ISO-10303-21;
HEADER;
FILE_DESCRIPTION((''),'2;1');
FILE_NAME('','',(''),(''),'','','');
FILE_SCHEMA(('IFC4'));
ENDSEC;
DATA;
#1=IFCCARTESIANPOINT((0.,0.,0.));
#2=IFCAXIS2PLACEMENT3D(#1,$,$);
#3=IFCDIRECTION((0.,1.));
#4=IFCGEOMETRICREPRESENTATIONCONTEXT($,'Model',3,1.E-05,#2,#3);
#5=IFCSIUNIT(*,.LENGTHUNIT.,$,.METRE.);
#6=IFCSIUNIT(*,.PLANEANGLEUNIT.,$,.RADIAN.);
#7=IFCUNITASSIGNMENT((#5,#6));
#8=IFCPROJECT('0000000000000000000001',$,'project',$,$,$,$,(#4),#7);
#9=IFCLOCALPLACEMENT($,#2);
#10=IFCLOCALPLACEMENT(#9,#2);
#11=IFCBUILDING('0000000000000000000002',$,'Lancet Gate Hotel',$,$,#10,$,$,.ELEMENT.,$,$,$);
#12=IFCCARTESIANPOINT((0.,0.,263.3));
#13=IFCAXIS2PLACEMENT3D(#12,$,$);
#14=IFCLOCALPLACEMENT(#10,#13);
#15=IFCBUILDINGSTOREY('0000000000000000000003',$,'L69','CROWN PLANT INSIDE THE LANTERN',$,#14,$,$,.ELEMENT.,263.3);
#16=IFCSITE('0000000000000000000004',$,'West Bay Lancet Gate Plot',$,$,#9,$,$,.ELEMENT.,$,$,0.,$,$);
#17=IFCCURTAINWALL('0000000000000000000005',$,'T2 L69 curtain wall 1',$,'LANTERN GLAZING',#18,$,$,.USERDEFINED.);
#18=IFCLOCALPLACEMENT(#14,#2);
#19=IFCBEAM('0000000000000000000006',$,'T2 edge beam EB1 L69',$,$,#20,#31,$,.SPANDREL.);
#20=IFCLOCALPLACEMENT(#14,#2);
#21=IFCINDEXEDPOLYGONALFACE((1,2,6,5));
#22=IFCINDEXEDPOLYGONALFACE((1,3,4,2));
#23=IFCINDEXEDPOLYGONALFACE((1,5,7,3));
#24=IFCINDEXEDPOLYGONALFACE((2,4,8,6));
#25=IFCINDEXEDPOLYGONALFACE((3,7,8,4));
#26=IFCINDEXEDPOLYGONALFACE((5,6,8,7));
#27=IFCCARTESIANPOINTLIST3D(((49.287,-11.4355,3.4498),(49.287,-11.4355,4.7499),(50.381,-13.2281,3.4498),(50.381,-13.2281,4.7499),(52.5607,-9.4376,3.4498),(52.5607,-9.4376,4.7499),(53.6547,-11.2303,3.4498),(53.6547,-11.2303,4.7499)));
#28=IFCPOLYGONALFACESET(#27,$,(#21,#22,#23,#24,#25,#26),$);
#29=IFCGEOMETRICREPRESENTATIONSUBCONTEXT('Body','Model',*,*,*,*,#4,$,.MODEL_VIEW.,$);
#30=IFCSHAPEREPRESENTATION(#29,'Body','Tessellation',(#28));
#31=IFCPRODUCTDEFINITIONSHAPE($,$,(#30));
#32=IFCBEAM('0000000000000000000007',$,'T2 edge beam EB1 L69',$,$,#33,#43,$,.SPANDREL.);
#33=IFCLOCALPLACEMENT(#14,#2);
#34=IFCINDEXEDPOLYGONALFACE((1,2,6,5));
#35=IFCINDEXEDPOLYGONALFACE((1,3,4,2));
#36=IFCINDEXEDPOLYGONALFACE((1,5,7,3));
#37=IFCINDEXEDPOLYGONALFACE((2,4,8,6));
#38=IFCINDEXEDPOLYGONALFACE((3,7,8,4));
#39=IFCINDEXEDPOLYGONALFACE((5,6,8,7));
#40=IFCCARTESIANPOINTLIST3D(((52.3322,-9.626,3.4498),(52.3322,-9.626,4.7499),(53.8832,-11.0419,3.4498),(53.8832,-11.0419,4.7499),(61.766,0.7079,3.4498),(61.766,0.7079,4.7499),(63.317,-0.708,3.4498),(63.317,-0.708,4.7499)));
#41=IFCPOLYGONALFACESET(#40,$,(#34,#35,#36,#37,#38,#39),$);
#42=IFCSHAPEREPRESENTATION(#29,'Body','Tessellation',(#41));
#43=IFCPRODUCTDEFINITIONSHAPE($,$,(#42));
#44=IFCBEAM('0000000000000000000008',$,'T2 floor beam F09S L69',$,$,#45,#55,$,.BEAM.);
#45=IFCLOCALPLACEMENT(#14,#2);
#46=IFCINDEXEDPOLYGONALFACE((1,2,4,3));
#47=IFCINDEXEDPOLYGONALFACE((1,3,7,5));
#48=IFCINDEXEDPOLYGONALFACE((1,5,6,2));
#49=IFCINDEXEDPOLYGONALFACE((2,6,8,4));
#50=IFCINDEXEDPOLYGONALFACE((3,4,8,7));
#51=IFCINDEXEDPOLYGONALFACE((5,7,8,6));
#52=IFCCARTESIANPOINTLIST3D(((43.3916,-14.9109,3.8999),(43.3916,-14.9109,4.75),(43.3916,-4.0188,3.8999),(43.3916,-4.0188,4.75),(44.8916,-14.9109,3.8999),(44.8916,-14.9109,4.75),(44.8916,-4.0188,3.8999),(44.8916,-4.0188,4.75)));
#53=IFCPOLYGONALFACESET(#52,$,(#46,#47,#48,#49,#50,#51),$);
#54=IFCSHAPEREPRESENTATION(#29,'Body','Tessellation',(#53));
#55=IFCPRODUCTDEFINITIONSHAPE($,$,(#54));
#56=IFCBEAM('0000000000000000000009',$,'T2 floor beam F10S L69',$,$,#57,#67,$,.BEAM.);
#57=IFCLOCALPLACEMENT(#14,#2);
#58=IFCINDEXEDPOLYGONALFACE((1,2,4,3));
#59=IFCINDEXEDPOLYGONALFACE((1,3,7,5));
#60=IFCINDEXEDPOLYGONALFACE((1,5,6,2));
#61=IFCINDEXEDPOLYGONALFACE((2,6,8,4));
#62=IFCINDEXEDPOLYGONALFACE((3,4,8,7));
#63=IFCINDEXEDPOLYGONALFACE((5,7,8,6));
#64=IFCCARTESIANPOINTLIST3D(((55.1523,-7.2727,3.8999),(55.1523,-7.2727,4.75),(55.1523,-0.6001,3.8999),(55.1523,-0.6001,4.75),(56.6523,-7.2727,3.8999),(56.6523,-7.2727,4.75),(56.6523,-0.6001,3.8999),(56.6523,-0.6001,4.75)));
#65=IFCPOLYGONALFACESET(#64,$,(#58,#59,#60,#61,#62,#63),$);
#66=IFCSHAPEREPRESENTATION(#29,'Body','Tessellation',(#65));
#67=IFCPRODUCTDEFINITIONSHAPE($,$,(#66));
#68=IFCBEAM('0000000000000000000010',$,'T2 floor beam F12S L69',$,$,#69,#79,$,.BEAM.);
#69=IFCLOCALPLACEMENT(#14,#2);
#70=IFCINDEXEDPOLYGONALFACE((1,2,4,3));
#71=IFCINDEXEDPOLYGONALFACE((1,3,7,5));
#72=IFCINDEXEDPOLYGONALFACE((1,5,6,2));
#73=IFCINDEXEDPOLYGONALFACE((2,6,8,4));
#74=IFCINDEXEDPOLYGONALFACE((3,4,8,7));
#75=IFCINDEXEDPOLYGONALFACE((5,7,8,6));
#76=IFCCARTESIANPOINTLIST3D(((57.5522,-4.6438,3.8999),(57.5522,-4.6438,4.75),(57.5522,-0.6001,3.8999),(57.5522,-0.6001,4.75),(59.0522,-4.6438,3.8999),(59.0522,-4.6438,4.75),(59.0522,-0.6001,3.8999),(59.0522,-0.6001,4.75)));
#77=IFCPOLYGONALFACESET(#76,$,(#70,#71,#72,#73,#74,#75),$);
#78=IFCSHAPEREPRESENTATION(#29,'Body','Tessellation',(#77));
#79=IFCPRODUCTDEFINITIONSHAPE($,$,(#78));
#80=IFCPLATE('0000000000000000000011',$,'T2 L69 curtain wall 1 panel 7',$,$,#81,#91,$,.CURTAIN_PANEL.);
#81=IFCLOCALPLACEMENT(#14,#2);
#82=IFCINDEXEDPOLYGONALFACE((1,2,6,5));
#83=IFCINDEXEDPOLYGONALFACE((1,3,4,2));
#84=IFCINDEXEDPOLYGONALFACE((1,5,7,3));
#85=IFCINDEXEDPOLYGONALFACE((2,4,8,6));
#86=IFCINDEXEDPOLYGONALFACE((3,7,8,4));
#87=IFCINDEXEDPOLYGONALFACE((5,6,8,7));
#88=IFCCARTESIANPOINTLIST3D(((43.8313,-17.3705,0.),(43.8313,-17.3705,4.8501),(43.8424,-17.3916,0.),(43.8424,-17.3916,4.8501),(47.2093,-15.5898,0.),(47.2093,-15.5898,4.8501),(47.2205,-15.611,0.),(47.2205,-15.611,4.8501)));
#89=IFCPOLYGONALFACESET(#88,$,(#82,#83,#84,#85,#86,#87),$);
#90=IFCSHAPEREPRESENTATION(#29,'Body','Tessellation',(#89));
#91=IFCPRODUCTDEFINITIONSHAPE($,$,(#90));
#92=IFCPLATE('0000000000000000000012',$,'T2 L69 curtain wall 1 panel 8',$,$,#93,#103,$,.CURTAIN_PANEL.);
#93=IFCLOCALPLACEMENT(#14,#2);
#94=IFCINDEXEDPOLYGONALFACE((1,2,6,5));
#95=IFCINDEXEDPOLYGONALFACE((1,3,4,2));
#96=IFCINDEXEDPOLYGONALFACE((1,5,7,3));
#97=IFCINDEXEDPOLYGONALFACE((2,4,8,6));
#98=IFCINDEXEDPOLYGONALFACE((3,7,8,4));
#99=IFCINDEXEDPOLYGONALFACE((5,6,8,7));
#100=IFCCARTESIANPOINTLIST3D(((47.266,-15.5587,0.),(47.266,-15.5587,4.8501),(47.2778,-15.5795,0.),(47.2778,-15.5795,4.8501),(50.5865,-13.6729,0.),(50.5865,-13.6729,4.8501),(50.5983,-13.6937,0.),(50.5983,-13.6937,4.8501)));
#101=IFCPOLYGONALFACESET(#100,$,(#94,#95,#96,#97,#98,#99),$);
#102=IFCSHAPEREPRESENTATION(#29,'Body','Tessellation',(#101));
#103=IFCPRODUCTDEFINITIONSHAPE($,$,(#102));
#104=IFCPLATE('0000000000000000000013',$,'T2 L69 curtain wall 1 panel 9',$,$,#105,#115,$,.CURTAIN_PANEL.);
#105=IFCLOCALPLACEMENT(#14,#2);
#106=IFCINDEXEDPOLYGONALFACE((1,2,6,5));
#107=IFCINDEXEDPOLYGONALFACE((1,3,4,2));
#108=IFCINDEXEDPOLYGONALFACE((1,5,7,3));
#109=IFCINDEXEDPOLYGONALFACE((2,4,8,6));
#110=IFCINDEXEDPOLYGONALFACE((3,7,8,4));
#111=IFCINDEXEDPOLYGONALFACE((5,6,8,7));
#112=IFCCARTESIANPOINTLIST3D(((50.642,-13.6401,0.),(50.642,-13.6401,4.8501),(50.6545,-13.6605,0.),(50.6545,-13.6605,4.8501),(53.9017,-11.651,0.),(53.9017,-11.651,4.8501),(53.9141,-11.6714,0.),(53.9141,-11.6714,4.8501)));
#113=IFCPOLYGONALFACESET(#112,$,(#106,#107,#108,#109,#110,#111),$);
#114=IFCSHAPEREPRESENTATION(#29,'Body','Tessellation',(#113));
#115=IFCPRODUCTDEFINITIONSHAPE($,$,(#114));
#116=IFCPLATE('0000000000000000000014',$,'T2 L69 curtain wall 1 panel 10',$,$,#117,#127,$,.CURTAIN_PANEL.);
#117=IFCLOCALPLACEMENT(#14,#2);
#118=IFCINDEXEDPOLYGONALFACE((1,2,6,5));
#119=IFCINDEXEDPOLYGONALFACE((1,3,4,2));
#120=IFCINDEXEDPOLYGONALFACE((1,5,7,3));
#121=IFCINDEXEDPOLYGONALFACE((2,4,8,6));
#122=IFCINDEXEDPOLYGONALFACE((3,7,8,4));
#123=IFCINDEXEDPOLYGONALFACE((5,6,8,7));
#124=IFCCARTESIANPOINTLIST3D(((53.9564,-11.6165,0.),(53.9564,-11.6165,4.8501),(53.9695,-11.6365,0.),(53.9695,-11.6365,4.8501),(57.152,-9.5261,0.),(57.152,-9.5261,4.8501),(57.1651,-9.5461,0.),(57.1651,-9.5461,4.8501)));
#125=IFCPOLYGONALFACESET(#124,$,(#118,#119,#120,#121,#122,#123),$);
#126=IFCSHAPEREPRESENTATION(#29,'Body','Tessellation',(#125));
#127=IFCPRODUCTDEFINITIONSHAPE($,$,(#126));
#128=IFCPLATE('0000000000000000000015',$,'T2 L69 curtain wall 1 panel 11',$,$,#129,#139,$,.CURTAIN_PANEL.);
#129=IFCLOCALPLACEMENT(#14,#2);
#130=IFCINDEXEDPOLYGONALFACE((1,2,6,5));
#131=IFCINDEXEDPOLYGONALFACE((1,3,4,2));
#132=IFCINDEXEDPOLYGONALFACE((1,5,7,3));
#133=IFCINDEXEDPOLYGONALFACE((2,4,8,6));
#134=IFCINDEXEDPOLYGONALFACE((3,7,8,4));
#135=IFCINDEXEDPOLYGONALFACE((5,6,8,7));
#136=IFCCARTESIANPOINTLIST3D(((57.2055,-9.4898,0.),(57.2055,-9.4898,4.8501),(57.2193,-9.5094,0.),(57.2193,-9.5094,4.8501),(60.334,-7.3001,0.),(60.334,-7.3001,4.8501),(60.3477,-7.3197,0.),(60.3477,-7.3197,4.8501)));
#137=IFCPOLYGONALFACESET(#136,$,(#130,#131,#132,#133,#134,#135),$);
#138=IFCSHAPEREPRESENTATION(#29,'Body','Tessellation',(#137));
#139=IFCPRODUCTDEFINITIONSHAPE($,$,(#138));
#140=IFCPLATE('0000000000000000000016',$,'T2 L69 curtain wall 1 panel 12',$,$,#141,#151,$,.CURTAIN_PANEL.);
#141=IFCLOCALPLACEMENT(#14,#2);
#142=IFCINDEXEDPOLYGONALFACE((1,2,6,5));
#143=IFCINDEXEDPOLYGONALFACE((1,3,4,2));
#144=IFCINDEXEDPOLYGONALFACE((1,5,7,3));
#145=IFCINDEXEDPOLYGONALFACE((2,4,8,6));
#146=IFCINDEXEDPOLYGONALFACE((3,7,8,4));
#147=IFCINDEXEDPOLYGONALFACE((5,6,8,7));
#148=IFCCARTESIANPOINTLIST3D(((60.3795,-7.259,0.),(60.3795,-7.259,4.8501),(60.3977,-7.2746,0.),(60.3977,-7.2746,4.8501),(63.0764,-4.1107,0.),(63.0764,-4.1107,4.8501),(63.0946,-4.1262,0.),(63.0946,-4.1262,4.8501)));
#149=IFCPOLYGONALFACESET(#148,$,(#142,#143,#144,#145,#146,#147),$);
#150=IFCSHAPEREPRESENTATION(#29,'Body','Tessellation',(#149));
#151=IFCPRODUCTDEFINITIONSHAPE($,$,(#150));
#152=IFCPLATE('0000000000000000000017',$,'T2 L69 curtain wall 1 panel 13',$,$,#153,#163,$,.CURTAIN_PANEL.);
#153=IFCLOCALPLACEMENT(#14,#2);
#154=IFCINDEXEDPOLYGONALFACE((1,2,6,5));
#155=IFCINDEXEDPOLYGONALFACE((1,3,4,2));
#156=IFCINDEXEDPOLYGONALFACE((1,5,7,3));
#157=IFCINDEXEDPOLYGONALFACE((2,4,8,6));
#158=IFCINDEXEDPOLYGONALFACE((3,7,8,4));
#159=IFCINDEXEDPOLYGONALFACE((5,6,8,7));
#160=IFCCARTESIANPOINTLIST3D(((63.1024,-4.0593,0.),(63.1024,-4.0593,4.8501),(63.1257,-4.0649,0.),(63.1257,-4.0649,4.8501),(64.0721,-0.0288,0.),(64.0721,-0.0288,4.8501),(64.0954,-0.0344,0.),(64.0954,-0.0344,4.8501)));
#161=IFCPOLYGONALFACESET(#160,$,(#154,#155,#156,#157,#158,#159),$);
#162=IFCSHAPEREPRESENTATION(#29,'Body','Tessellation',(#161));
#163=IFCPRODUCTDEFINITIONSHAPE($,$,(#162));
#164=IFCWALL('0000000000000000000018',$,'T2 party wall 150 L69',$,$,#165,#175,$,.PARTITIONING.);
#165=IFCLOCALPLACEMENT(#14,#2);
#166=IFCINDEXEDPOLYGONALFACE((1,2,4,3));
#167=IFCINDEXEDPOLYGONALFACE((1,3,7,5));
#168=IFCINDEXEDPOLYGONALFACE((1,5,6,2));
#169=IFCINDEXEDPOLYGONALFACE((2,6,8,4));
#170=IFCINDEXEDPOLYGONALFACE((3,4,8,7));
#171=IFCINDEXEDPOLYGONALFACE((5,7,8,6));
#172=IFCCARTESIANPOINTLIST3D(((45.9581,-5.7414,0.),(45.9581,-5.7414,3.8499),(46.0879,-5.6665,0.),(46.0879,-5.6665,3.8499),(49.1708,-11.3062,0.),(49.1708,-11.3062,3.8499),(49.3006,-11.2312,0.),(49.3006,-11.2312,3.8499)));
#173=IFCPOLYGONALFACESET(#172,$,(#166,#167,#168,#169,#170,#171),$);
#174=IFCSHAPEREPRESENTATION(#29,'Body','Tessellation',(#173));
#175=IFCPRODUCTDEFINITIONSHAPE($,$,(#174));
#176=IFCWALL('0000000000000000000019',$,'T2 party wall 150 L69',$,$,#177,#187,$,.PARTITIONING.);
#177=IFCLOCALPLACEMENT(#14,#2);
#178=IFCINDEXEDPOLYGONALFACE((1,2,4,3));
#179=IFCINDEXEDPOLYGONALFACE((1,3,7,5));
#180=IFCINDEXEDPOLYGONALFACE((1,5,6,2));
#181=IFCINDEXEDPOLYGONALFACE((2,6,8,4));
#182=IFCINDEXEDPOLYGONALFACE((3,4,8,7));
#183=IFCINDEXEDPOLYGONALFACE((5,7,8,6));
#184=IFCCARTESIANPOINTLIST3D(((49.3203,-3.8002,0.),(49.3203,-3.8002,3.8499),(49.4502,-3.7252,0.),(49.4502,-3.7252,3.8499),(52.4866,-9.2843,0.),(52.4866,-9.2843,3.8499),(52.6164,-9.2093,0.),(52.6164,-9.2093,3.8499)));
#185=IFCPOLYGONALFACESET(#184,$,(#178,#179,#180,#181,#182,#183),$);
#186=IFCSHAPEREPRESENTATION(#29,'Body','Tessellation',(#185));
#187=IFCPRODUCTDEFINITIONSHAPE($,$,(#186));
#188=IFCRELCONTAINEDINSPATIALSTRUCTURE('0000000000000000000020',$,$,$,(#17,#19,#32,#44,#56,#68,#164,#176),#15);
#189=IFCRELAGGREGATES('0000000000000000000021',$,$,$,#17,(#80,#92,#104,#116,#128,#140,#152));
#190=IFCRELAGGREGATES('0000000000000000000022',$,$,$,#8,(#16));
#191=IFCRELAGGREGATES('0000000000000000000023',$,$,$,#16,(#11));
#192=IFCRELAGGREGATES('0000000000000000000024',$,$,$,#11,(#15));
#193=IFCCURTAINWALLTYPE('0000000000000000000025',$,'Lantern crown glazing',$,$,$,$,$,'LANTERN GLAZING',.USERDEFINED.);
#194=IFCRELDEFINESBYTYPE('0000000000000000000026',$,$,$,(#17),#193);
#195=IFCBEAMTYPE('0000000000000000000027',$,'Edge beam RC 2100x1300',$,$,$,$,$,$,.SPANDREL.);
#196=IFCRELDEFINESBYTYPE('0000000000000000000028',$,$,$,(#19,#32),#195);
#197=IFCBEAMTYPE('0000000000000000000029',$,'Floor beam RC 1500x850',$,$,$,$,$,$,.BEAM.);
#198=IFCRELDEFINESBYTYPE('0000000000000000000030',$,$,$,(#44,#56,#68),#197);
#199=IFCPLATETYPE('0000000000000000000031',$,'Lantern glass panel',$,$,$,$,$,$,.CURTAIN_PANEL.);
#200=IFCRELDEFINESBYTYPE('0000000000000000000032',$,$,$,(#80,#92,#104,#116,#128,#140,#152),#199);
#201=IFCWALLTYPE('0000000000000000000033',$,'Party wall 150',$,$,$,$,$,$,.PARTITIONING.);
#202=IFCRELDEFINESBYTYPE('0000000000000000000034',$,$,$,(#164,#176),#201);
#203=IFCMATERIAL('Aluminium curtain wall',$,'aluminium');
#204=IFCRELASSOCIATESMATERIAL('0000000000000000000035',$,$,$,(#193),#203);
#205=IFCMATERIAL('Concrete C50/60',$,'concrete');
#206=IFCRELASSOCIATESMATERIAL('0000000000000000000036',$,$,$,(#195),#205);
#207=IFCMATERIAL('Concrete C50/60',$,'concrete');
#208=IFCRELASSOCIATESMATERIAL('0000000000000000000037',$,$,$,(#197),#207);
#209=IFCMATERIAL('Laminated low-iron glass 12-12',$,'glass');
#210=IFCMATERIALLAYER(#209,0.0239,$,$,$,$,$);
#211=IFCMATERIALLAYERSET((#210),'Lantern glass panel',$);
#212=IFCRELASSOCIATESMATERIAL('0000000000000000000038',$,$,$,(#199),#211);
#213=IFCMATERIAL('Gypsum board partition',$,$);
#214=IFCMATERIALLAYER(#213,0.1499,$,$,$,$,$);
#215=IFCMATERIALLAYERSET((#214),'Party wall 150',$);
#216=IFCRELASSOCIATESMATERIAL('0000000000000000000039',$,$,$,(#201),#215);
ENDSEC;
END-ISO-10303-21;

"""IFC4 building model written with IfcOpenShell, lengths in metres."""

from ifc_helpers import new_model, si_unit, direction, frame, frame_2d, origin, origin_2d, place, context, subcontext, project, spatial, rectangle, extrude, material, layer, layer_set, material_profile, profile_set, type_object, element, aggregate, save


model = new_model("IFC4")

# Units and contexts
model_context = context("Model", 3, precision=1e-05, world=origin(), true_north=direction((0.0, 1.0)))
body_context = subcontext(model_context, "Body", "Model", "MODEL_VIEW")
ifc_project = project(units=[si_unit("LENGTHUNIT", "METRE"), si_unit("PLANEANGLEUNIT", "RADIAN")], contexts=[model_context])

# Site, building, storey
site_placement = place(None, origin())
site = spatial("IfcSite", under=ifc_project, at=site_placement, Name="West Bay Lancet Gate Plot", CompositionType="ELEMENT", RefElevation=0.0)
building_placement = place(site_placement, origin())
building = spatial("IfcBuilding", under=site, at=building_placement, Name="Lancet Gate Hotel", CompositionType="ELEMENT")
storey_placement = place(building_placement, frame((0.0, 0.0, 263.3)))
storey = spatial("IfcBuildingStorey", under=building, at=storey_placement, Name="L69", Description="CROWN PLANT INSIDE THE LANTERN", CompositionType="ELEMENT", Elevation=263.3)

# Curtain wall
ifc_material_1 = material(Name="Aluminium curtain wall", Category="aluminium")
curtain_wall_type = type_object("IfcCurtainWallType", Name="Lantern crown glazing", ElementType="LANTERN GLAZING", PredefinedType="USERDEFINED", material=ifc_material_1)
curtain_wall_placement = place(storey_placement, origin())
curtain_wall = element("IfcCurtainWall", 1, at=curtain_wall_placement, inside=storey, type_object=curtain_wall_type, Name="T2 L69 curtain wall 1", ObjectType="LANTERN GLAZING", PredefinedType="USERDEFINED")

# Beams
ifc_material_2 = material(Name="Concrete C50/60", Category="concrete")
ifc_material_profile_1 = material_profile(ifc_material_2, rectangle(XDim=2.1001, YDim=1.3, at=origin_2d()), Name="RC 2100x1300")
ifc_profile_set_1 = profile_set([ifc_material_profile_1], Name="Concrete C50/60")
beam_type_1 = type_object("IfcBeamType", Name="Edge beam RC 2100x1300", PredefinedType="SPANDREL", material=ifc_profile_set_1)
beam_1_placement = place(storey_placement, frame((49.834, -12.3318, 4.0999), z_axis=(0.853604, 0.520922, 0.0), x_axis=(-0.520922, 0.853604, 0.0)))
element("IfcBeam", 2, at=beam_1_placement, inside=storey, type_object=beam_type_1, Name="T2 edge beam EB1 L69", PredefinedType="SPANDREL", context=body_context, shape_type="SweptSolid", body=[
    extrude(rectangle(XDim=2.1001, YDim=1.3, at=origin_2d()), origin(), (0.0, 0.0, 1.0), 3.8352),
])
beam_2_placement = place(storey_placement, frame((53.1077, -10.334, 4.0999), z_axis=(0.674209, 0.73854, 0.0), x_axis=(-0.73854, 0.674209, 0.0)))
element("IfcBeam", 3, at=beam_2_placement, inside=storey, type_object=beam_type_1, Name="T2 edge beam EB1 L69", PredefinedType="SPANDREL", context=body_context, shape_type="SweptSolid", body=[
    extrude(rectangle(XDim=2.1001, YDim=1.3, at=origin_2d()), origin(), (0.0, 0.0, 1.0), 13.9924),
])
ifc_material_3 = material(Name="Concrete C50/60", Category="concrete")
ifc_material_profile_2 = material_profile(ifc_material_3, rectangle(XDim=1.5, YDim=0.8501, at=origin_2d()), Name="RC 1500x850")
ifc_profile_set_2 = profile_set([ifc_material_profile_2], Name="Concrete C50/60")
beam_type_2 = type_object("IfcBeamType", Name="Floor beam RC 1500x850", PredefinedType="BEAM", material=ifc_profile_set_2)
beam_3_placement = place(storey_placement, frame((44.1416, -14.9109, 4.325), z_axis=(0.0, 1.0, 0.0), x_axis=(-1.0, 0.0, 0.0)))
element("IfcBeam", 4, at=beam_3_placement, inside=storey, type_object=beam_type_2, Name="T2 floor beam F09S L69", PredefinedType="BEAM", context=body_context, shape_type="SweptSolid", body=[
    extrude(rectangle(XDim=1.5, YDim=0.8501, at=origin_2d()), origin(), (0.0, 0.0, 1.0), 10.8921),
])
beam_4_placement = place(storey_placement, frame((55.9023, -7.2727, 4.325), z_axis=(0.0, 1.0, 0.0), x_axis=(-1.0, 0.0, 0.0)))
element("IfcBeam", 5, at=beam_4_placement, inside=storey, type_object=beam_type_2, Name="T2 floor beam F10S L69", PredefinedType="BEAM", context=body_context, shape_type="SweptSolid", body=[
    extrude(rectangle(XDim=1.5, YDim=0.8501, at=origin_2d()), origin(), (0.0, 0.0, 1.0), 6.6726),
])
beam_5_placement = place(storey_placement, frame((58.3022, -4.6438, 4.325), z_axis=(0.0, 1.0, 0.0), x_axis=(-1.0, 0.0, 0.0)))
element("IfcBeam", 6, at=beam_5_placement, inside=storey, type_object=beam_type_2, Name="T2 floor beam F12S L69", PredefinedType="BEAM", context=body_context, shape_type="SweptSolid", body=[
    extrude(rectangle(XDim=1.5, YDim=0.8501, at=origin_2d()), origin(), (0.0, 0.0, 1.0), 4.0437),
])

# Plates
ifc_material_4 = material(Name="Laminated low-iron glass 12-12", Category="glass")
ifc_layer_1 = layer(ifc_material_4, 0.0239)
ifc_layer_set_1 = layer_set([ifc_layer_1], Name="Lantern glass panel")
plate_type = type_object("IfcPlateType", Name="Lantern glass panel", PredefinedType="CURTAIN_PANEL", material=ifc_layer_set_1)
plate_1_placement = place(storey_placement, frame((45.5259, -16.4907, 0.0), z_axis=(0.0, 0.0, 1.0), x_axis=(0.884623, 0.466307, 0.0)))
plate_1 = element("IfcPlate", 7, at=plate_1_placement, type_object=plate_type, Name="T2 L69 curtain wall 1 panel 7", PredefinedType="CURTAIN_PANEL", context=body_context, shape_type="SweptSolid", body=[
    extrude(rectangle(XDim=3.8186, YDim=0.0239, at=origin_2d()), origin(), (0.0, 0.0, 1.0), 4.8501),
])
plate_2_placement = place(storey_placement, frame((48.9321, -14.6262, 0.0), z_axis=(0.0, 0.0, 1.0), x_axis=(0.86955, 0.493844, 0.0)))
plate_2 = element("IfcPlate", 8, at=plate_2_placement, type_object=plate_type, Name="T2 L69 curtain wall 1 panel 8", PredefinedType="CURTAIN_PANEL", context=body_context, shape_type="SweptSolid", body=[
    extrude(rectangle(XDim=3.8186, YDim=0.0239, at=origin_2d()), origin(), (0.0, 0.0, 1.0), 4.8501),
])
plate_3_placement = place(storey_placement, frame((52.2781, -12.6558, 0.0), z_axis=(0.0, 0.0, 1.0), x_axis=(0.853621, 0.520895, 0.0)))
plate_3 = element("IfcPlate", 9, at=plate_3_placement, type_object=plate_type, Name="T2 L69 curtain wall 1 panel 9", PredefinedType="CURTAIN_PANEL", context=body_context, shape_type="SweptSolid", body=[
    extrude(rectangle(XDim=3.8186, YDim=0.0239, at=origin_2d()), origin(), (0.0, 0.0, 1.0), 4.8501),
])
plate_4_placement = place(storey_placement, frame((55.5608, -10.5813, 0.0), z_axis=(0.0, 0.0, 1.0), x_axis=(0.83685, 0.547432, 0.0)))
plate_4 = element("IfcPlate", 10, at=plate_4_placement, type_object=plate_type, Name="T2 L69 curtain wall 1 panel 10", PredefinedType="CURTAIN_PANEL", context=body_context, shape_type="SweptSolid", body=[
    extrude(rectangle(XDim=3.8186, YDim=0.0239, at=origin_2d()), origin(), (0.0, 0.0, 1.0), 4.8501),
])
plate_5_placement = place(storey_placement, frame((58.7766, -8.4048, 0.0), z_axis=(0.0, 0.0, 1.0), x_axis=(0.819255, 0.573429, 0.0)))
plate_5 = element("IfcPlate", 11, at=plate_5_placement, type_object=plate_type, Name="T2 L69 curtain wall 1 panel 11", PredefinedType="CURTAIN_PANEL", context=body_context, shape_type="SweptSolid", body=[
    extrude(rectangle(XDim=3.8186, YDim=0.0239, at=origin_2d()), origin(), (0.0, 0.0, 1.0), 4.8501),
])
plate_6_placement = place(storey_placement, frame((61.7371, -5.6926, 0.0), z_axis=(0.0, 0.0, 1.0), x_axis=(0.650552, 0.759462, 0.0)))
plate_6 = element("IfcPlate", 12, at=plate_6_placement, type_object=plate_type, Name="T2 L69 curtain wall 1 panel 12", PredefinedType="CURTAIN_PANEL", context=body_context, shape_type="SweptSolid", body=[
    extrude(rectangle(XDim=4.1455, YDim=0.0239, at=origin_2d()), origin(), (0.0, 0.0, 1.0), 4.8501),
])
plate_7_placement = place(storey_placement, frame((63.5989, -2.0469, 0.0), z_axis=(0.0, 0.0, 1.0), x_axis=(0.233916, 0.972257, 0.0)))
plate_7 = element("IfcPlate", 13, at=plate_7_placement, type_object=plate_type, Name="T2 L69 curtain wall 1 panel 13", PredefinedType="CURTAIN_PANEL", context=body_context, shape_type="SweptSolid", body=[
    extrude(rectangle(XDim=4.1455, YDim=0.0239, at=origin_2d()), origin(), (0.0, 0.0, 1.0), 4.8501),
])
aggregate(curtain_wall, [plate_1, plate_2, plate_3, plate_4, plate_5, plate_6, plate_7])

# Walls
ifc_material_5 = material(Name="Gypsum board partition")
ifc_layer_2 = layer(ifc_material_5, 0.1499)
ifc_layer_set_2 = layer_set([ifc_layer_2], Name="Party wall 150")
wall_type_1 = type_object("IfcWallType", Name="Party wall 150", PredefinedType="PARTITIONING", material=ifc_layer_set_2)
wall_1_placement = place(storey_placement, frame((46.0229, -5.7039, 0.0), z_axis=(0.0, 0.0, 1.0), x_axis=(0.499984, -0.866034, 0.0)))
element("IfcWall", 14, at=wall_1_placement, inside=storey, type_object=wall_type_1, Name="T2 party wall 150 L69", PredefinedType="PARTITIONING", context=body_context, shape_type="SweptSolid", body=[
    extrude(rectangle(XDim=6.4255, YDim=0.1499, at=frame_2d((3.2129, 0.0))), origin(), (0.0, 0.0, 1.0), 3.8499),
])
wall_2_placement = place(storey_placement, frame((49.3853, -3.7627, 0.0), z_axis=(0.0, 0.0, 1.0), x_axis=(0.499999, -0.866026, 0.0)))
element("IfcWall", 15, at=wall_2_placement, inside=storey, type_object=wall_type_1, Name="T2 party wall 150 L69", PredefinedType="PARTITIONING", context=body_context, shape_type="SweptSolid", body=[
    extrude(rectangle(XDim=6.3325, YDim=0.1499, at=frame_2d((3.1663, 0.0))), origin(), (0.0, 0.0, 1.0), 3.8499),
])

save(model, "model.ifc")
